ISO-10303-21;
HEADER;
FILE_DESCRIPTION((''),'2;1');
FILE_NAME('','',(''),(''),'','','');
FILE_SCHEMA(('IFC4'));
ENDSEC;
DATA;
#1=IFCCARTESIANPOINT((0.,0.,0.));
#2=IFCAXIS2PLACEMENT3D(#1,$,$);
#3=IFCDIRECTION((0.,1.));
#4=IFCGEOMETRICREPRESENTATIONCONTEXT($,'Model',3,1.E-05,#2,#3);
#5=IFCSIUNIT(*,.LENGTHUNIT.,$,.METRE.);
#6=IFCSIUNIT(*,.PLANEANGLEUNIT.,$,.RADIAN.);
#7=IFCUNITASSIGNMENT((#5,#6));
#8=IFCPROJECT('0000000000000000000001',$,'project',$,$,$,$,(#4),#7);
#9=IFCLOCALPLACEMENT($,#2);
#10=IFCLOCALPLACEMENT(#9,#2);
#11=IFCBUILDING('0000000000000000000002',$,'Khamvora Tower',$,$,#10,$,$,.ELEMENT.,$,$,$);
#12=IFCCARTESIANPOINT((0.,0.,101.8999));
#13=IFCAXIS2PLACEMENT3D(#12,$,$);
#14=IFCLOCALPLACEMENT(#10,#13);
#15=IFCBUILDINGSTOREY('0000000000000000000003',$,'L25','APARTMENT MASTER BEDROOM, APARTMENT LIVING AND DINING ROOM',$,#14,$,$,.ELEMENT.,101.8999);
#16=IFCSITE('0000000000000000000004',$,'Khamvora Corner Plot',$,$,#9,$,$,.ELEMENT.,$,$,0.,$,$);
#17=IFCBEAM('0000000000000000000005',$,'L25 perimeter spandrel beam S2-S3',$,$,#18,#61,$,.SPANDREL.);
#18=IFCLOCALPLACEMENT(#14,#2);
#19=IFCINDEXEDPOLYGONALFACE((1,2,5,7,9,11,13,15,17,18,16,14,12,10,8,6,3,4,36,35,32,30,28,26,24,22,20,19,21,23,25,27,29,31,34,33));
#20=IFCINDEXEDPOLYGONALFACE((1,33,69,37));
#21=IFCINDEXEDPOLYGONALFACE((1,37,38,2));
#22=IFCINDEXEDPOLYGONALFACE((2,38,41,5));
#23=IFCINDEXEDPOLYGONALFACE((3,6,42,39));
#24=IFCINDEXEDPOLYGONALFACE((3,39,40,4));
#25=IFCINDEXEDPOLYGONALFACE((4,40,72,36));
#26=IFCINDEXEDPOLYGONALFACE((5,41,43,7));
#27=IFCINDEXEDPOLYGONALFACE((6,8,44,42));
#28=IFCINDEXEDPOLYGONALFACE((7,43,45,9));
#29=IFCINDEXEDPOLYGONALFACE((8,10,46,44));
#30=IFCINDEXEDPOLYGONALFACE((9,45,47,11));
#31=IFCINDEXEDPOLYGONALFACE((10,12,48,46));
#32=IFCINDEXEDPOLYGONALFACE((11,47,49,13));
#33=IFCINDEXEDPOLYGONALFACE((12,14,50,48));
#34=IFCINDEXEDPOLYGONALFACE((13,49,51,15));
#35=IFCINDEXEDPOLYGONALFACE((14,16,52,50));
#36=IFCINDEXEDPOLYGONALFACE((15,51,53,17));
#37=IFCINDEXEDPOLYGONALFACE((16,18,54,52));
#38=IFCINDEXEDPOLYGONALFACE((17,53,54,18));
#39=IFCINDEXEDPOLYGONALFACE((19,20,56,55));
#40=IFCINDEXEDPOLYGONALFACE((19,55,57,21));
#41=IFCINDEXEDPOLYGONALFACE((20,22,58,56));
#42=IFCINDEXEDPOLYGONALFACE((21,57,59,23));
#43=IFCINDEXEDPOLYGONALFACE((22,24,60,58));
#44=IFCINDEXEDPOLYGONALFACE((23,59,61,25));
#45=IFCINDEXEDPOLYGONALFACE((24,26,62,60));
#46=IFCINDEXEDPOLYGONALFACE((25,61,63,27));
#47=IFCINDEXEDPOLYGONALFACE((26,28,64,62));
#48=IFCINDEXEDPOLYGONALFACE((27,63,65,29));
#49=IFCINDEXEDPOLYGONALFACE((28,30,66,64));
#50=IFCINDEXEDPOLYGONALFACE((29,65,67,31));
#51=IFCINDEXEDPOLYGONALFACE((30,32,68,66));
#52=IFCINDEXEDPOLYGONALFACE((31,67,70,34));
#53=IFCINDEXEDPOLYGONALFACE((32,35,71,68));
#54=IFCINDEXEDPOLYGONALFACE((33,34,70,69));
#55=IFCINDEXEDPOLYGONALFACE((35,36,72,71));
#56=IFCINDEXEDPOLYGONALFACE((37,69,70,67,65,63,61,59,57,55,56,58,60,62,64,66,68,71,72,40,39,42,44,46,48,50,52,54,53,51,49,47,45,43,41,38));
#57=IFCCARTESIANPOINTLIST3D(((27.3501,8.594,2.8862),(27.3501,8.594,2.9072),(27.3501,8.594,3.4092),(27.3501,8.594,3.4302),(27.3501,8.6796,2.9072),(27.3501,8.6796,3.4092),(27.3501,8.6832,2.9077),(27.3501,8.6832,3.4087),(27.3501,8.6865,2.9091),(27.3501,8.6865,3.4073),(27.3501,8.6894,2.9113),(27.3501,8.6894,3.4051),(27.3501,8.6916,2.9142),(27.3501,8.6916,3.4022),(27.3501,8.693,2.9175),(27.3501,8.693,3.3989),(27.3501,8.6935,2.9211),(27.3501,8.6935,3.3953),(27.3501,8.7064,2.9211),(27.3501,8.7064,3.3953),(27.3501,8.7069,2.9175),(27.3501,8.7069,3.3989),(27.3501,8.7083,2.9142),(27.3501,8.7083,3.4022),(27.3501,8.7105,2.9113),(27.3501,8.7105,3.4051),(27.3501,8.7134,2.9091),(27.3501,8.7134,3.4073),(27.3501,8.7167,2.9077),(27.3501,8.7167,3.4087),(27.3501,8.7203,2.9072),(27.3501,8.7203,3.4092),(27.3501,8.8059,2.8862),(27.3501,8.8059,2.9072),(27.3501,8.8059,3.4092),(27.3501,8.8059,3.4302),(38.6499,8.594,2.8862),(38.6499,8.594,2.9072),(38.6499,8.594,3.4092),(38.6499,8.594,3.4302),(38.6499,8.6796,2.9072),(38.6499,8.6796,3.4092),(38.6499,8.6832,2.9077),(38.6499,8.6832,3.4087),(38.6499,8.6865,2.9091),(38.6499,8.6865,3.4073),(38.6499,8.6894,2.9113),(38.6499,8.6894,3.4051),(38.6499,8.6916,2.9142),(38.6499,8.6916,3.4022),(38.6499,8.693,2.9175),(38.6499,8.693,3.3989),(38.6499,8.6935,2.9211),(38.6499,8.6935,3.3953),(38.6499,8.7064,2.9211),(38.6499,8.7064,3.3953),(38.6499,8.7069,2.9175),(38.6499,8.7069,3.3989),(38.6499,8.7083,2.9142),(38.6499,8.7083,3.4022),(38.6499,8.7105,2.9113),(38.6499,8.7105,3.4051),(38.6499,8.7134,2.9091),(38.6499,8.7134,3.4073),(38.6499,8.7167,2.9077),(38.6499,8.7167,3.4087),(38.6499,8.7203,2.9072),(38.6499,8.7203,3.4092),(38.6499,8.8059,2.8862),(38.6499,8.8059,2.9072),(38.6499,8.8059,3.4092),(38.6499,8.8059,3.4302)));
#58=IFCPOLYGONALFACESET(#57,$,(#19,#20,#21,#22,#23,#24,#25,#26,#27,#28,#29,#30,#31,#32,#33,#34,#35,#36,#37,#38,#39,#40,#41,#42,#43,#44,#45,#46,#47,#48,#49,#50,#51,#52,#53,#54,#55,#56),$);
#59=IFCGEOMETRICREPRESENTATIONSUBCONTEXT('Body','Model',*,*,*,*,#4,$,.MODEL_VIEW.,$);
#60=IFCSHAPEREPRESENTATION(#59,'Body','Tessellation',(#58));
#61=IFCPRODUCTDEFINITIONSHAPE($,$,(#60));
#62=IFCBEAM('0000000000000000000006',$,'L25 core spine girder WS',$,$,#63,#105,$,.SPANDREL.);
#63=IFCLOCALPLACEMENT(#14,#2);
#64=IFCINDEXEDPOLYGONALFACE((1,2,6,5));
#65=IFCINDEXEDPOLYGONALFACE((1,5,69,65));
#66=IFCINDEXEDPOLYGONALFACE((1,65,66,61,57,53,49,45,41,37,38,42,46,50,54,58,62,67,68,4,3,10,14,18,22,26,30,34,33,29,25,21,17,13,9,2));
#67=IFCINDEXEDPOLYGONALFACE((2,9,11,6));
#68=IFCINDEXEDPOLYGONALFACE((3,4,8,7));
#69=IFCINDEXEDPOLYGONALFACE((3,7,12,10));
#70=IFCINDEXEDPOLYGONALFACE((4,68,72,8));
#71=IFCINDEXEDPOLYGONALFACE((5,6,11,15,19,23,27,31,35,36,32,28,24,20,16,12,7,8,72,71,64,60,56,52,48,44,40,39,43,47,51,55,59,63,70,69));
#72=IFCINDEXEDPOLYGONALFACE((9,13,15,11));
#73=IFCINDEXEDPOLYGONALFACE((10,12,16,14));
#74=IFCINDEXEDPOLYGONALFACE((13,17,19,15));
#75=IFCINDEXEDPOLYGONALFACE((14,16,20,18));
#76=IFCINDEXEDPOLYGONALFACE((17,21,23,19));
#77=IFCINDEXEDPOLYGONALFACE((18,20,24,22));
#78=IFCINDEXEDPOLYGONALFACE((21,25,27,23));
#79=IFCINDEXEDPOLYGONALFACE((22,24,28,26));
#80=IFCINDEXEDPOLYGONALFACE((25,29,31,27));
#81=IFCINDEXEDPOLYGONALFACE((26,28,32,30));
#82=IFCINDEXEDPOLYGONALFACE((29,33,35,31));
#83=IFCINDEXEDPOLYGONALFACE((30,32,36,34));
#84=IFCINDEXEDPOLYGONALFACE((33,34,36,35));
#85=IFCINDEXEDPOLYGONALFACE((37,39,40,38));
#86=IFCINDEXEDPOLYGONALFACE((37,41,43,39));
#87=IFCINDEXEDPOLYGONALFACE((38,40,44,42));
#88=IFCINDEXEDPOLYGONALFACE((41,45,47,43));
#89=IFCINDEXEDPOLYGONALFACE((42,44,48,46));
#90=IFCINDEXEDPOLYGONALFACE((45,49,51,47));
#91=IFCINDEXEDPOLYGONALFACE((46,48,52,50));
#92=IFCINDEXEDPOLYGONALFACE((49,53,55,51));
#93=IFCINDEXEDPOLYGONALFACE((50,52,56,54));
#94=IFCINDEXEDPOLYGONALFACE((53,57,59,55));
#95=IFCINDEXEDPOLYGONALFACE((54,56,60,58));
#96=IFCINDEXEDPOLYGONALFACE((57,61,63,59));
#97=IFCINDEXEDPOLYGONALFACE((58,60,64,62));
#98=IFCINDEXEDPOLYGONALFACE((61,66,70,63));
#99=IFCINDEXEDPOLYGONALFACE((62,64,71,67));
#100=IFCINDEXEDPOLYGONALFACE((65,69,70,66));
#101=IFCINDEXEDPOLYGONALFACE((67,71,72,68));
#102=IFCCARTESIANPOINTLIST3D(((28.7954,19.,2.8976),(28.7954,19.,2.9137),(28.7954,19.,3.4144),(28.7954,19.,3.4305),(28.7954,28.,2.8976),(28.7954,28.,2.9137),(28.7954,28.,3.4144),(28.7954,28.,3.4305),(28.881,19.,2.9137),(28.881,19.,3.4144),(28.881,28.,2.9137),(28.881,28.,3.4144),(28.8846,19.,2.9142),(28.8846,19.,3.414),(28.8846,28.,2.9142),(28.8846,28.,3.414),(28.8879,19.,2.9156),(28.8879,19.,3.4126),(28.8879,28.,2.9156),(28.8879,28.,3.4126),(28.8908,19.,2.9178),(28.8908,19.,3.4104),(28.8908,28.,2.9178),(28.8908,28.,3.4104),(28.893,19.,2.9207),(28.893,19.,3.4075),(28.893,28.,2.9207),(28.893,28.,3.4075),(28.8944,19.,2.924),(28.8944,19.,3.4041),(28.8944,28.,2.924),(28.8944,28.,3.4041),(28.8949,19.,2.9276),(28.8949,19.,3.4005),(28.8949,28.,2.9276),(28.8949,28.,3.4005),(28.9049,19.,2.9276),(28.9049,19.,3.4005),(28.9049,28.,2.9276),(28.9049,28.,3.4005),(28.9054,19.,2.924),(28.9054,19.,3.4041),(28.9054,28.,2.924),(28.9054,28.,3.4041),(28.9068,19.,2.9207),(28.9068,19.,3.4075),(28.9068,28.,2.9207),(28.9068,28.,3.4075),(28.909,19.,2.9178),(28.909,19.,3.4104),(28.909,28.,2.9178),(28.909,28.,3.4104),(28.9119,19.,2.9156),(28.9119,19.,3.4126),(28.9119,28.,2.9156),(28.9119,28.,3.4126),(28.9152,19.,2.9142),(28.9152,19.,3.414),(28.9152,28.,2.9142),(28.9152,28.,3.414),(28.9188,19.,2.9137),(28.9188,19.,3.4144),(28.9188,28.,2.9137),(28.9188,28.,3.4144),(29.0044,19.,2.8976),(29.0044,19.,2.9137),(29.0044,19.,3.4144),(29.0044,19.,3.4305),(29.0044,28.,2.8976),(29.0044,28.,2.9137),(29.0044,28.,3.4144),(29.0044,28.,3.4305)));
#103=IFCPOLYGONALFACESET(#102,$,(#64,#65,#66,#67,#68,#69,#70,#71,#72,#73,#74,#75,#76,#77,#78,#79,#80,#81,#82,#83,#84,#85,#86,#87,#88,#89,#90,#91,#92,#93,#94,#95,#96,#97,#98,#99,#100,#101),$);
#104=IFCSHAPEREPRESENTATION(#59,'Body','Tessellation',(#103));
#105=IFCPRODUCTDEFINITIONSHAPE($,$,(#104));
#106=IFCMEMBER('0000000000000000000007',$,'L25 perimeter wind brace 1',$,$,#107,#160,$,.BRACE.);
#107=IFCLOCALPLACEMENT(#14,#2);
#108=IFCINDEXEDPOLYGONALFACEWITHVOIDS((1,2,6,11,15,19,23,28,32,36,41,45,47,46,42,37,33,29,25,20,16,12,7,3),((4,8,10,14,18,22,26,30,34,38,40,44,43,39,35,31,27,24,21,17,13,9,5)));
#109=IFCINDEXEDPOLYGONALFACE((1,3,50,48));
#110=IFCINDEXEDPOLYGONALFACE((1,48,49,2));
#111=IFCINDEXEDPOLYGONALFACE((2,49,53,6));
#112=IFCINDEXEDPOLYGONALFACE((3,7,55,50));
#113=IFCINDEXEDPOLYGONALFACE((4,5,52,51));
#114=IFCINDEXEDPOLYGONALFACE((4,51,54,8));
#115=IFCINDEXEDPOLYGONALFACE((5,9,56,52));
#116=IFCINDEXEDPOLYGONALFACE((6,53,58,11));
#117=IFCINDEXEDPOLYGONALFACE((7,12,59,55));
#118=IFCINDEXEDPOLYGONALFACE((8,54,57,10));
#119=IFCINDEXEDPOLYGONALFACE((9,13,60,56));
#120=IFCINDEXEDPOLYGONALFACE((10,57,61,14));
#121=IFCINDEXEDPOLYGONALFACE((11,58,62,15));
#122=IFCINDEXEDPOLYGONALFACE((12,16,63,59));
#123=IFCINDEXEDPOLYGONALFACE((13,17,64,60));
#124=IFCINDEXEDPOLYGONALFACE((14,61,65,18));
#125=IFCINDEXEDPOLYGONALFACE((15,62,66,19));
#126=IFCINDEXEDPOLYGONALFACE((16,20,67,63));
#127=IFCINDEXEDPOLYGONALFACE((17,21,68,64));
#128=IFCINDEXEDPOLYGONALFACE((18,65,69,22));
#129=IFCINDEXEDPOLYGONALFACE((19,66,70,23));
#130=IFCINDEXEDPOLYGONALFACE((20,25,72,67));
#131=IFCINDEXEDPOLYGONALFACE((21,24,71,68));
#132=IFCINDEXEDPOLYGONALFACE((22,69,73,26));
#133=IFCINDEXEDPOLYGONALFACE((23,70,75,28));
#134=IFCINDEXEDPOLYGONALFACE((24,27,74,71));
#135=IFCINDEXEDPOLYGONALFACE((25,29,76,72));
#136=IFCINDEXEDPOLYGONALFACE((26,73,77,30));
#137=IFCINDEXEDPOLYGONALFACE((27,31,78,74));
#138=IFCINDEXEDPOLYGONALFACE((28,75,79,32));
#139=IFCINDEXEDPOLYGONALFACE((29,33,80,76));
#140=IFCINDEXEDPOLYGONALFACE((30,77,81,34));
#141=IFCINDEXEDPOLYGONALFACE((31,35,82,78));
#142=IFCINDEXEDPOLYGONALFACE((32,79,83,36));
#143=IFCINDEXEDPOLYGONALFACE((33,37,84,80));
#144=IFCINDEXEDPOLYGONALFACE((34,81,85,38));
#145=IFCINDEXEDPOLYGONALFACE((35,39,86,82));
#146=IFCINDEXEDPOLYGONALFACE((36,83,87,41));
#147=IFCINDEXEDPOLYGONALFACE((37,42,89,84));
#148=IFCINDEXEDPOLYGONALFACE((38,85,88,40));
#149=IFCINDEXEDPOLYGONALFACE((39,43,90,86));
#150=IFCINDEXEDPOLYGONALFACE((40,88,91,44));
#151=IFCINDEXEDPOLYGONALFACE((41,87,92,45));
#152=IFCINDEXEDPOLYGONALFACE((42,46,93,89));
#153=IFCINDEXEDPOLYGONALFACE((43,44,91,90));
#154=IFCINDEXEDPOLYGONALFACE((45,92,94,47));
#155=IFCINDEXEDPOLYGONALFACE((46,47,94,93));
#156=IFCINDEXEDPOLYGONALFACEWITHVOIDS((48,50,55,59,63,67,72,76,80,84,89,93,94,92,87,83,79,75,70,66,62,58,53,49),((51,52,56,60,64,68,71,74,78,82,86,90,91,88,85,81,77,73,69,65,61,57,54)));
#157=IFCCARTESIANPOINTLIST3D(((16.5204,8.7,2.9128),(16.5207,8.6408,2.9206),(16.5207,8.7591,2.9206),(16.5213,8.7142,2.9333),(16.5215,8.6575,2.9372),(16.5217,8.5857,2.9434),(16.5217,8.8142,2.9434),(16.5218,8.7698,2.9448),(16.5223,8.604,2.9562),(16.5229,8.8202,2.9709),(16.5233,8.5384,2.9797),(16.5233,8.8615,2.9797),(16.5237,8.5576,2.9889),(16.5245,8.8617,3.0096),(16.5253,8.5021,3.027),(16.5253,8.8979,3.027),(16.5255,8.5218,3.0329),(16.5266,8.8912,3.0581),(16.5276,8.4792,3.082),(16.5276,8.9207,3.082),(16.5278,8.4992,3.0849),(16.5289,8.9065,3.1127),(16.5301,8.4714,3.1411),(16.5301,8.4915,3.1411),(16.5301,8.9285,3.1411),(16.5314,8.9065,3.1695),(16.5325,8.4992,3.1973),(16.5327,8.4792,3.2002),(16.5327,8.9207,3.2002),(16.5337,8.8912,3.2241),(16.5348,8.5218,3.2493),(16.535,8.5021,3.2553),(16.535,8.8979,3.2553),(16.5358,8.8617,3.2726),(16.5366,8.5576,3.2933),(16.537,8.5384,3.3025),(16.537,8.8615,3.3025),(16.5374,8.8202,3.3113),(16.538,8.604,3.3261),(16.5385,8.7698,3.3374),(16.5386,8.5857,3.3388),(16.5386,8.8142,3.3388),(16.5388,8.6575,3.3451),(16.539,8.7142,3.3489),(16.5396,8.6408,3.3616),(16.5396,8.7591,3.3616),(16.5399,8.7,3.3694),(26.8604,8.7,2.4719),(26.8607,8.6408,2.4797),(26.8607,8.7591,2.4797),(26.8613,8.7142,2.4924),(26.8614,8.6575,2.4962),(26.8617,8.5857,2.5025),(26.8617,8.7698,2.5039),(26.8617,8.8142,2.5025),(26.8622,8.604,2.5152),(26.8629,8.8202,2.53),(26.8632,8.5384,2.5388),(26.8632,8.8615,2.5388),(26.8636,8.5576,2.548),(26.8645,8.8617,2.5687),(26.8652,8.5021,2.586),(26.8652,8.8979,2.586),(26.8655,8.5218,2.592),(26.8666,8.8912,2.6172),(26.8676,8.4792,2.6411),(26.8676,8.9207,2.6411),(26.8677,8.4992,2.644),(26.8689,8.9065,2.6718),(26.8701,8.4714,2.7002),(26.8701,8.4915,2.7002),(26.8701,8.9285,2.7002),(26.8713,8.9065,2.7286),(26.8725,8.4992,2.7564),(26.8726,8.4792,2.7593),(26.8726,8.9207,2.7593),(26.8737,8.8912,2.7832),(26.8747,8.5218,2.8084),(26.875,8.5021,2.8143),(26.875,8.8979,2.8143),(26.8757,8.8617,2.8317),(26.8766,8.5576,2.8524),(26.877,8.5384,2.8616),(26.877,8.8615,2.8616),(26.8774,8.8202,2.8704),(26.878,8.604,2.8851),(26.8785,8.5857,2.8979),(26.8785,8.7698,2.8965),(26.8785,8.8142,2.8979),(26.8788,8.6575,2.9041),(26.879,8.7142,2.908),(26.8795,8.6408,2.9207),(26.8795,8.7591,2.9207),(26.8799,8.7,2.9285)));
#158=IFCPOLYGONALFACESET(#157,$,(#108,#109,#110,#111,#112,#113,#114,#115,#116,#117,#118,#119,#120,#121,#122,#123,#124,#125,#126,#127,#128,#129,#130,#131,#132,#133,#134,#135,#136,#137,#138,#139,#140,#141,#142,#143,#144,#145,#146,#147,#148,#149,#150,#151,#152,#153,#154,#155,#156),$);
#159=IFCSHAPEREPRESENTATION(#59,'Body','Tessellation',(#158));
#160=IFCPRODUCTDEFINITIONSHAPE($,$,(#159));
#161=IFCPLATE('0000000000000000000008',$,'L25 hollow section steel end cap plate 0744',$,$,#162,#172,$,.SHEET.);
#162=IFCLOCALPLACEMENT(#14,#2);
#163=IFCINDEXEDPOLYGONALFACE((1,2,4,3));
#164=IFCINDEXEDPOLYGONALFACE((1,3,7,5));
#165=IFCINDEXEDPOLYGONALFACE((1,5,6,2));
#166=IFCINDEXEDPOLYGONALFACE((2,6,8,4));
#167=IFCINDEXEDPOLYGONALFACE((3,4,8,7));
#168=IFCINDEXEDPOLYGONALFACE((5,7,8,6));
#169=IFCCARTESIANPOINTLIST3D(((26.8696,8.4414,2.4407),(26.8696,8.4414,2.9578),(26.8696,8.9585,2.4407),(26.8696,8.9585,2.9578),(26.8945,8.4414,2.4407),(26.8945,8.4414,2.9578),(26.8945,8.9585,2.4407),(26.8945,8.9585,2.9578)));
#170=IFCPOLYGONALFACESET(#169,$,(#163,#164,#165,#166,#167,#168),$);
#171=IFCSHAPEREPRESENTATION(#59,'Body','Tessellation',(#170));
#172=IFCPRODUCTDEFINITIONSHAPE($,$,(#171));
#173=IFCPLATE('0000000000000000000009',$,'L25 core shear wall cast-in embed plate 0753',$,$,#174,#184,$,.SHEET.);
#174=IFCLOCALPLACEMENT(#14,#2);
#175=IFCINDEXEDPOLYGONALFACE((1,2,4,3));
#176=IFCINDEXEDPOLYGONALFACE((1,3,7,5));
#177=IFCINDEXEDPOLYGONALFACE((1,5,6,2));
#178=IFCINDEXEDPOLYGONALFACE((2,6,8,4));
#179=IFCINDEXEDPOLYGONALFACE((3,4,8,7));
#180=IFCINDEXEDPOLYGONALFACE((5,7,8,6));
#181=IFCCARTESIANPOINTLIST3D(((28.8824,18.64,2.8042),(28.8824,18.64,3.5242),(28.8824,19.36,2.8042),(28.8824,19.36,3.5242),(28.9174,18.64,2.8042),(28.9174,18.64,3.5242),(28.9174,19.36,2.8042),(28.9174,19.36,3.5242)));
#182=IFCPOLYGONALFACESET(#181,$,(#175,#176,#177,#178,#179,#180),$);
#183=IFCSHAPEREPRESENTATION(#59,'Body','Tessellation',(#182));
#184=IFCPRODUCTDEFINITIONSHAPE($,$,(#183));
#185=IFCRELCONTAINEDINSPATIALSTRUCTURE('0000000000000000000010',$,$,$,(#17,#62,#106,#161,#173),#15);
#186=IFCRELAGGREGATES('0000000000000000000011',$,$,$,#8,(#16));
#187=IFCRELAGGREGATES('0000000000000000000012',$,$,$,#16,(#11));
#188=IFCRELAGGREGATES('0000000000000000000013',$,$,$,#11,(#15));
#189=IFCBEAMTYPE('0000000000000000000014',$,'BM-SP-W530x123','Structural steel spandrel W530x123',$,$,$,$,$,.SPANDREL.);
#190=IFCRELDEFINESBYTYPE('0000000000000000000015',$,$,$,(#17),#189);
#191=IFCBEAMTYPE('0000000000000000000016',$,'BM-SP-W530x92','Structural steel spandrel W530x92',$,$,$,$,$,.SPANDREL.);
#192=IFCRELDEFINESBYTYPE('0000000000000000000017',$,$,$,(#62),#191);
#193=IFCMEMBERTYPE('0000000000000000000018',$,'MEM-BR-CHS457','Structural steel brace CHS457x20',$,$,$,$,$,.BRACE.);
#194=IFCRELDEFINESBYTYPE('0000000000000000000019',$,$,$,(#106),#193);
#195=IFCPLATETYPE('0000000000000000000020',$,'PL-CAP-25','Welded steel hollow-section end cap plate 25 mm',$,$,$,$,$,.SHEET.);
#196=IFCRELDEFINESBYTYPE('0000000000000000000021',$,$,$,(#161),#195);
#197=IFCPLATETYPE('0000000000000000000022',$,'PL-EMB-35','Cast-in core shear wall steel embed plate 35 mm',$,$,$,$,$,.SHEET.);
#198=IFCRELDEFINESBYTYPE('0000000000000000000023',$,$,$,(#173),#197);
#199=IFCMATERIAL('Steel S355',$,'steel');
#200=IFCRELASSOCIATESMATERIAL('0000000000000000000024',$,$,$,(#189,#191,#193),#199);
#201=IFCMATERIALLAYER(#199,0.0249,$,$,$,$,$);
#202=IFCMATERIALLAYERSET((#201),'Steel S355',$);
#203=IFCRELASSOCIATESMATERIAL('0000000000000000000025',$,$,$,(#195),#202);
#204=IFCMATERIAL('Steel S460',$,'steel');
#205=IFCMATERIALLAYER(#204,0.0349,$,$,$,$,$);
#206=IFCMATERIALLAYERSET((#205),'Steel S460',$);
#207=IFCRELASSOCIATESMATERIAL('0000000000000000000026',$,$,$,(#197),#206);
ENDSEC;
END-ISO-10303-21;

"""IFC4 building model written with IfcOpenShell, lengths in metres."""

from ifc_helpers import new_model, si_unit, direction, frame, origin, origin_2d, place, context, subcontext, project, spatial, rectangle, hollow_circle, i_section, extrude, material, layer, layer_set, material_profile, profile_set, type_object, element, save


model = new_model("IFC4")

# Units and contexts
model_context = context("Model", 3, precision=1e-05, world=origin(), true_north=direction((0.0, 1.0)))
body_context = subcontext(model_context, "Body", "Model", "MODEL_VIEW")
ifc_project = project(units=[si_unit("LENGTHUNIT", "METRE"), si_unit("PLANEANGLEUNIT", "RADIAN")], contexts=[model_context])

# Site, building, storey
site_placement = place(None, origin())
site = spatial("IfcSite", under=ifc_project, at=site_placement, Name="Khamvora Corner Plot", CompositionType="ELEMENT", RefElevation=0.0)
building_placement = place(site_placement, origin())
building = spatial("IfcBuilding", under=site, at=building_placement, Name="Khamvora Tower", CompositionType="ELEMENT")
storey_placement = place(building_placement, frame((0.0, 0.0, 101.8999)))
storey = spatial("IfcBuildingStorey", under=building, at=storey_placement, Name="L25", Description="APARTMENT MASTER BEDROOM, APARTMENT LIVING AND DINING ROOM", CompositionType="ELEMENT", Elevation=101.8999)

# Shared definitions
ifc_material_1 = material(Name="Steel S355", Category="steel")
ifc_material_2 = material(Name="Steel S460", Category="steel")

# Beams
ifc_material_profile_1 = material_profile(ifc_material_1, i_section(OverallWidth=0.2119, OverallDepth=0.5439, WebThickness=0.0129, FlangeThickness=0.021, FilletRadius=0.0139, at=origin_2d()), Name="W530x123")
ifc_profile_set_1 = profile_set([ifc_material_profile_1], Name="Steel S355")
beam_type_1 = type_object("IfcBeamType", Name="BM-SP-W530x123", Description="Structural steel spandrel W530x123", PredefinedType="SPANDREL", material=ifc_profile_set_1)
beam_1_placement = place(storey_placement, frame((27.3501, 8.7, 3.1582), z_axis=(1.0, 0.0, 0.0), x_axis=(0.0, 1.0, 0.0)))
element("IfcBeam", 1, at=beam_1_placement, inside=storey, type_object=beam_type_1, Name="L25 perimeter spandrel beam S2-S3", PredefinedType="SPANDREL", context=body_context, shape_type="SweptSolid", body=[
    extrude(i_section(OverallWidth=0.2119, OverallDepth=0.5439, WebThickness=0.0129, FlangeThickness=0.021, FilletRadius=0.0139, at=origin_2d()), origin(), (0.0, 0.0, 1.0), 11.2998),
])
ifc_material_profile_2 = material_profile(ifc_material_1, i_section(OverallWidth=0.209, OverallDepth=0.533, WebThickness=0.01, FlangeThickness=0.0161, FilletRadius=0.0139, at=origin_2d()), Name="W530x92")
ifc_profile_set_2 = profile_set([ifc_material_profile_2], Name="Steel S355")
beam_type_2 = type_object("IfcBeamType", Name="BM-SP-W530x92", Description="Structural steel spandrel W530x92", PredefinedType="SPANDREL", material=ifc_profile_set_2)
beam_2_placement = place(storey_placement, frame((28.8999, 19.0, 3.1641), z_axis=(0.0, 1.0, 0.0), x_axis=(-1.0, 0.0, 0.0)))
element("IfcBeam", 2, at=beam_2_placement, inside=storey, type_object=beam_type_2, Name="L25 core spine girder WS", PredefinedType="SPANDREL", context=body_context, shape_type="SweptSolid", body=[
    extrude(i_section(OverallWidth=0.209, OverallDepth=0.533, WebThickness=0.01, FlangeThickness=0.0161, FilletRadius=0.0139, at=origin_2d()), origin(), (0.0, 0.0, 1.0), 9.0),
])

# Member
ifc_material_profile_3 = material_profile(ifc_material_1, hollow_circle(Radius=0.2285, WallThickness=0.02, at=origin_2d()), Name="CHS457x20")
ifc_profile_set_3 = profile_set([ifc_material_profile_3], Name="Steel S355")
member_type = type_object("IfcMemberType", Name="MEM-BR-CHS457", Description="Structural steel brace CHS457x20", PredefinedType="BRACE", material=ifc_profile_set_3)
member_placement = place(storey_placement, frame((26.8701, 8.7, 2.7002), z_axis=(-0.999092, 0.0, 0.042603), x_axis=(0.0, -1.0, 0.0)))
element("IfcMember", 3, at=member_placement, inside=storey, type_object=member_type, Name="L25 perimeter wind brace 1", PredefinedType="BRACE", context=body_context, shape_type="SweptSolid", body=[
    extrude(hollow_circle(Radius=0.2285, WallThickness=0.02, at=origin_2d()), origin(), (0.0, 0.0, 1.0), 10.3494),
])

# Plates
ifc_layer_1 = layer(ifc_material_1, 0.0249)
ifc_layer_set_1 = layer_set([ifc_layer_1], Name="Steel S355")
plate_type_1 = type_object("IfcPlateType", Name="PL-CAP-25", Description="Welded steel hollow-section end cap plate 25 mm", PredefinedType="SHEET", material=ifc_layer_set_1)
plate_1_placement = place(storey_placement, frame((26.8821, 8.7, 2.4407), z_axis=(0.0, 0.0, 1.0), x_axis=(-1.0, 0.0, 0.0)))
element("IfcPlate", 4, at=plate_1_placement, inside=storey, type_object=plate_type_1, Name="L25 hollow section steel end cap plate 0744", PredefinedType="SHEET", context=body_context, shape_type="SweptSolid", body=[
    extrude(rectangle(XDim=0.0249, YDim=0.5171, at=origin_2d()), origin(), (0.0, 0.0, 1.0), 0.5171),
])
ifc_layer_2 = layer(ifc_material_2, 0.0349)
ifc_layer_set_2 = layer_set([ifc_layer_2], Name="Steel S460")
plate_type_2 = type_object("IfcPlateType", Name="PL-EMB-35", Description="Cast-in core shear wall steel embed plate 35 mm", PredefinedType="SHEET", material=ifc_layer_set_2)
plate_2_placement = place(storey_placement, frame((28.8999, 19.0, 2.8042), z_axis=(0.0, 0.0, 1.0), x_axis=(1.0, 0.0, 0.0)))
element("IfcPlate", 5, at=plate_2_placement, inside=storey, type_object=plate_type_2, Name="L25 core shear wall cast-in embed plate 0753", PredefinedType="SHEET", context=body_context, shape_type="SweptSolid", body=[
    extrude(rectangle(XDim=0.0349, YDim=0.72, at=origin_2d()), origin(), (0.0, 0.0, 1.0), 0.72),
])

save(model, "model.ifc")
